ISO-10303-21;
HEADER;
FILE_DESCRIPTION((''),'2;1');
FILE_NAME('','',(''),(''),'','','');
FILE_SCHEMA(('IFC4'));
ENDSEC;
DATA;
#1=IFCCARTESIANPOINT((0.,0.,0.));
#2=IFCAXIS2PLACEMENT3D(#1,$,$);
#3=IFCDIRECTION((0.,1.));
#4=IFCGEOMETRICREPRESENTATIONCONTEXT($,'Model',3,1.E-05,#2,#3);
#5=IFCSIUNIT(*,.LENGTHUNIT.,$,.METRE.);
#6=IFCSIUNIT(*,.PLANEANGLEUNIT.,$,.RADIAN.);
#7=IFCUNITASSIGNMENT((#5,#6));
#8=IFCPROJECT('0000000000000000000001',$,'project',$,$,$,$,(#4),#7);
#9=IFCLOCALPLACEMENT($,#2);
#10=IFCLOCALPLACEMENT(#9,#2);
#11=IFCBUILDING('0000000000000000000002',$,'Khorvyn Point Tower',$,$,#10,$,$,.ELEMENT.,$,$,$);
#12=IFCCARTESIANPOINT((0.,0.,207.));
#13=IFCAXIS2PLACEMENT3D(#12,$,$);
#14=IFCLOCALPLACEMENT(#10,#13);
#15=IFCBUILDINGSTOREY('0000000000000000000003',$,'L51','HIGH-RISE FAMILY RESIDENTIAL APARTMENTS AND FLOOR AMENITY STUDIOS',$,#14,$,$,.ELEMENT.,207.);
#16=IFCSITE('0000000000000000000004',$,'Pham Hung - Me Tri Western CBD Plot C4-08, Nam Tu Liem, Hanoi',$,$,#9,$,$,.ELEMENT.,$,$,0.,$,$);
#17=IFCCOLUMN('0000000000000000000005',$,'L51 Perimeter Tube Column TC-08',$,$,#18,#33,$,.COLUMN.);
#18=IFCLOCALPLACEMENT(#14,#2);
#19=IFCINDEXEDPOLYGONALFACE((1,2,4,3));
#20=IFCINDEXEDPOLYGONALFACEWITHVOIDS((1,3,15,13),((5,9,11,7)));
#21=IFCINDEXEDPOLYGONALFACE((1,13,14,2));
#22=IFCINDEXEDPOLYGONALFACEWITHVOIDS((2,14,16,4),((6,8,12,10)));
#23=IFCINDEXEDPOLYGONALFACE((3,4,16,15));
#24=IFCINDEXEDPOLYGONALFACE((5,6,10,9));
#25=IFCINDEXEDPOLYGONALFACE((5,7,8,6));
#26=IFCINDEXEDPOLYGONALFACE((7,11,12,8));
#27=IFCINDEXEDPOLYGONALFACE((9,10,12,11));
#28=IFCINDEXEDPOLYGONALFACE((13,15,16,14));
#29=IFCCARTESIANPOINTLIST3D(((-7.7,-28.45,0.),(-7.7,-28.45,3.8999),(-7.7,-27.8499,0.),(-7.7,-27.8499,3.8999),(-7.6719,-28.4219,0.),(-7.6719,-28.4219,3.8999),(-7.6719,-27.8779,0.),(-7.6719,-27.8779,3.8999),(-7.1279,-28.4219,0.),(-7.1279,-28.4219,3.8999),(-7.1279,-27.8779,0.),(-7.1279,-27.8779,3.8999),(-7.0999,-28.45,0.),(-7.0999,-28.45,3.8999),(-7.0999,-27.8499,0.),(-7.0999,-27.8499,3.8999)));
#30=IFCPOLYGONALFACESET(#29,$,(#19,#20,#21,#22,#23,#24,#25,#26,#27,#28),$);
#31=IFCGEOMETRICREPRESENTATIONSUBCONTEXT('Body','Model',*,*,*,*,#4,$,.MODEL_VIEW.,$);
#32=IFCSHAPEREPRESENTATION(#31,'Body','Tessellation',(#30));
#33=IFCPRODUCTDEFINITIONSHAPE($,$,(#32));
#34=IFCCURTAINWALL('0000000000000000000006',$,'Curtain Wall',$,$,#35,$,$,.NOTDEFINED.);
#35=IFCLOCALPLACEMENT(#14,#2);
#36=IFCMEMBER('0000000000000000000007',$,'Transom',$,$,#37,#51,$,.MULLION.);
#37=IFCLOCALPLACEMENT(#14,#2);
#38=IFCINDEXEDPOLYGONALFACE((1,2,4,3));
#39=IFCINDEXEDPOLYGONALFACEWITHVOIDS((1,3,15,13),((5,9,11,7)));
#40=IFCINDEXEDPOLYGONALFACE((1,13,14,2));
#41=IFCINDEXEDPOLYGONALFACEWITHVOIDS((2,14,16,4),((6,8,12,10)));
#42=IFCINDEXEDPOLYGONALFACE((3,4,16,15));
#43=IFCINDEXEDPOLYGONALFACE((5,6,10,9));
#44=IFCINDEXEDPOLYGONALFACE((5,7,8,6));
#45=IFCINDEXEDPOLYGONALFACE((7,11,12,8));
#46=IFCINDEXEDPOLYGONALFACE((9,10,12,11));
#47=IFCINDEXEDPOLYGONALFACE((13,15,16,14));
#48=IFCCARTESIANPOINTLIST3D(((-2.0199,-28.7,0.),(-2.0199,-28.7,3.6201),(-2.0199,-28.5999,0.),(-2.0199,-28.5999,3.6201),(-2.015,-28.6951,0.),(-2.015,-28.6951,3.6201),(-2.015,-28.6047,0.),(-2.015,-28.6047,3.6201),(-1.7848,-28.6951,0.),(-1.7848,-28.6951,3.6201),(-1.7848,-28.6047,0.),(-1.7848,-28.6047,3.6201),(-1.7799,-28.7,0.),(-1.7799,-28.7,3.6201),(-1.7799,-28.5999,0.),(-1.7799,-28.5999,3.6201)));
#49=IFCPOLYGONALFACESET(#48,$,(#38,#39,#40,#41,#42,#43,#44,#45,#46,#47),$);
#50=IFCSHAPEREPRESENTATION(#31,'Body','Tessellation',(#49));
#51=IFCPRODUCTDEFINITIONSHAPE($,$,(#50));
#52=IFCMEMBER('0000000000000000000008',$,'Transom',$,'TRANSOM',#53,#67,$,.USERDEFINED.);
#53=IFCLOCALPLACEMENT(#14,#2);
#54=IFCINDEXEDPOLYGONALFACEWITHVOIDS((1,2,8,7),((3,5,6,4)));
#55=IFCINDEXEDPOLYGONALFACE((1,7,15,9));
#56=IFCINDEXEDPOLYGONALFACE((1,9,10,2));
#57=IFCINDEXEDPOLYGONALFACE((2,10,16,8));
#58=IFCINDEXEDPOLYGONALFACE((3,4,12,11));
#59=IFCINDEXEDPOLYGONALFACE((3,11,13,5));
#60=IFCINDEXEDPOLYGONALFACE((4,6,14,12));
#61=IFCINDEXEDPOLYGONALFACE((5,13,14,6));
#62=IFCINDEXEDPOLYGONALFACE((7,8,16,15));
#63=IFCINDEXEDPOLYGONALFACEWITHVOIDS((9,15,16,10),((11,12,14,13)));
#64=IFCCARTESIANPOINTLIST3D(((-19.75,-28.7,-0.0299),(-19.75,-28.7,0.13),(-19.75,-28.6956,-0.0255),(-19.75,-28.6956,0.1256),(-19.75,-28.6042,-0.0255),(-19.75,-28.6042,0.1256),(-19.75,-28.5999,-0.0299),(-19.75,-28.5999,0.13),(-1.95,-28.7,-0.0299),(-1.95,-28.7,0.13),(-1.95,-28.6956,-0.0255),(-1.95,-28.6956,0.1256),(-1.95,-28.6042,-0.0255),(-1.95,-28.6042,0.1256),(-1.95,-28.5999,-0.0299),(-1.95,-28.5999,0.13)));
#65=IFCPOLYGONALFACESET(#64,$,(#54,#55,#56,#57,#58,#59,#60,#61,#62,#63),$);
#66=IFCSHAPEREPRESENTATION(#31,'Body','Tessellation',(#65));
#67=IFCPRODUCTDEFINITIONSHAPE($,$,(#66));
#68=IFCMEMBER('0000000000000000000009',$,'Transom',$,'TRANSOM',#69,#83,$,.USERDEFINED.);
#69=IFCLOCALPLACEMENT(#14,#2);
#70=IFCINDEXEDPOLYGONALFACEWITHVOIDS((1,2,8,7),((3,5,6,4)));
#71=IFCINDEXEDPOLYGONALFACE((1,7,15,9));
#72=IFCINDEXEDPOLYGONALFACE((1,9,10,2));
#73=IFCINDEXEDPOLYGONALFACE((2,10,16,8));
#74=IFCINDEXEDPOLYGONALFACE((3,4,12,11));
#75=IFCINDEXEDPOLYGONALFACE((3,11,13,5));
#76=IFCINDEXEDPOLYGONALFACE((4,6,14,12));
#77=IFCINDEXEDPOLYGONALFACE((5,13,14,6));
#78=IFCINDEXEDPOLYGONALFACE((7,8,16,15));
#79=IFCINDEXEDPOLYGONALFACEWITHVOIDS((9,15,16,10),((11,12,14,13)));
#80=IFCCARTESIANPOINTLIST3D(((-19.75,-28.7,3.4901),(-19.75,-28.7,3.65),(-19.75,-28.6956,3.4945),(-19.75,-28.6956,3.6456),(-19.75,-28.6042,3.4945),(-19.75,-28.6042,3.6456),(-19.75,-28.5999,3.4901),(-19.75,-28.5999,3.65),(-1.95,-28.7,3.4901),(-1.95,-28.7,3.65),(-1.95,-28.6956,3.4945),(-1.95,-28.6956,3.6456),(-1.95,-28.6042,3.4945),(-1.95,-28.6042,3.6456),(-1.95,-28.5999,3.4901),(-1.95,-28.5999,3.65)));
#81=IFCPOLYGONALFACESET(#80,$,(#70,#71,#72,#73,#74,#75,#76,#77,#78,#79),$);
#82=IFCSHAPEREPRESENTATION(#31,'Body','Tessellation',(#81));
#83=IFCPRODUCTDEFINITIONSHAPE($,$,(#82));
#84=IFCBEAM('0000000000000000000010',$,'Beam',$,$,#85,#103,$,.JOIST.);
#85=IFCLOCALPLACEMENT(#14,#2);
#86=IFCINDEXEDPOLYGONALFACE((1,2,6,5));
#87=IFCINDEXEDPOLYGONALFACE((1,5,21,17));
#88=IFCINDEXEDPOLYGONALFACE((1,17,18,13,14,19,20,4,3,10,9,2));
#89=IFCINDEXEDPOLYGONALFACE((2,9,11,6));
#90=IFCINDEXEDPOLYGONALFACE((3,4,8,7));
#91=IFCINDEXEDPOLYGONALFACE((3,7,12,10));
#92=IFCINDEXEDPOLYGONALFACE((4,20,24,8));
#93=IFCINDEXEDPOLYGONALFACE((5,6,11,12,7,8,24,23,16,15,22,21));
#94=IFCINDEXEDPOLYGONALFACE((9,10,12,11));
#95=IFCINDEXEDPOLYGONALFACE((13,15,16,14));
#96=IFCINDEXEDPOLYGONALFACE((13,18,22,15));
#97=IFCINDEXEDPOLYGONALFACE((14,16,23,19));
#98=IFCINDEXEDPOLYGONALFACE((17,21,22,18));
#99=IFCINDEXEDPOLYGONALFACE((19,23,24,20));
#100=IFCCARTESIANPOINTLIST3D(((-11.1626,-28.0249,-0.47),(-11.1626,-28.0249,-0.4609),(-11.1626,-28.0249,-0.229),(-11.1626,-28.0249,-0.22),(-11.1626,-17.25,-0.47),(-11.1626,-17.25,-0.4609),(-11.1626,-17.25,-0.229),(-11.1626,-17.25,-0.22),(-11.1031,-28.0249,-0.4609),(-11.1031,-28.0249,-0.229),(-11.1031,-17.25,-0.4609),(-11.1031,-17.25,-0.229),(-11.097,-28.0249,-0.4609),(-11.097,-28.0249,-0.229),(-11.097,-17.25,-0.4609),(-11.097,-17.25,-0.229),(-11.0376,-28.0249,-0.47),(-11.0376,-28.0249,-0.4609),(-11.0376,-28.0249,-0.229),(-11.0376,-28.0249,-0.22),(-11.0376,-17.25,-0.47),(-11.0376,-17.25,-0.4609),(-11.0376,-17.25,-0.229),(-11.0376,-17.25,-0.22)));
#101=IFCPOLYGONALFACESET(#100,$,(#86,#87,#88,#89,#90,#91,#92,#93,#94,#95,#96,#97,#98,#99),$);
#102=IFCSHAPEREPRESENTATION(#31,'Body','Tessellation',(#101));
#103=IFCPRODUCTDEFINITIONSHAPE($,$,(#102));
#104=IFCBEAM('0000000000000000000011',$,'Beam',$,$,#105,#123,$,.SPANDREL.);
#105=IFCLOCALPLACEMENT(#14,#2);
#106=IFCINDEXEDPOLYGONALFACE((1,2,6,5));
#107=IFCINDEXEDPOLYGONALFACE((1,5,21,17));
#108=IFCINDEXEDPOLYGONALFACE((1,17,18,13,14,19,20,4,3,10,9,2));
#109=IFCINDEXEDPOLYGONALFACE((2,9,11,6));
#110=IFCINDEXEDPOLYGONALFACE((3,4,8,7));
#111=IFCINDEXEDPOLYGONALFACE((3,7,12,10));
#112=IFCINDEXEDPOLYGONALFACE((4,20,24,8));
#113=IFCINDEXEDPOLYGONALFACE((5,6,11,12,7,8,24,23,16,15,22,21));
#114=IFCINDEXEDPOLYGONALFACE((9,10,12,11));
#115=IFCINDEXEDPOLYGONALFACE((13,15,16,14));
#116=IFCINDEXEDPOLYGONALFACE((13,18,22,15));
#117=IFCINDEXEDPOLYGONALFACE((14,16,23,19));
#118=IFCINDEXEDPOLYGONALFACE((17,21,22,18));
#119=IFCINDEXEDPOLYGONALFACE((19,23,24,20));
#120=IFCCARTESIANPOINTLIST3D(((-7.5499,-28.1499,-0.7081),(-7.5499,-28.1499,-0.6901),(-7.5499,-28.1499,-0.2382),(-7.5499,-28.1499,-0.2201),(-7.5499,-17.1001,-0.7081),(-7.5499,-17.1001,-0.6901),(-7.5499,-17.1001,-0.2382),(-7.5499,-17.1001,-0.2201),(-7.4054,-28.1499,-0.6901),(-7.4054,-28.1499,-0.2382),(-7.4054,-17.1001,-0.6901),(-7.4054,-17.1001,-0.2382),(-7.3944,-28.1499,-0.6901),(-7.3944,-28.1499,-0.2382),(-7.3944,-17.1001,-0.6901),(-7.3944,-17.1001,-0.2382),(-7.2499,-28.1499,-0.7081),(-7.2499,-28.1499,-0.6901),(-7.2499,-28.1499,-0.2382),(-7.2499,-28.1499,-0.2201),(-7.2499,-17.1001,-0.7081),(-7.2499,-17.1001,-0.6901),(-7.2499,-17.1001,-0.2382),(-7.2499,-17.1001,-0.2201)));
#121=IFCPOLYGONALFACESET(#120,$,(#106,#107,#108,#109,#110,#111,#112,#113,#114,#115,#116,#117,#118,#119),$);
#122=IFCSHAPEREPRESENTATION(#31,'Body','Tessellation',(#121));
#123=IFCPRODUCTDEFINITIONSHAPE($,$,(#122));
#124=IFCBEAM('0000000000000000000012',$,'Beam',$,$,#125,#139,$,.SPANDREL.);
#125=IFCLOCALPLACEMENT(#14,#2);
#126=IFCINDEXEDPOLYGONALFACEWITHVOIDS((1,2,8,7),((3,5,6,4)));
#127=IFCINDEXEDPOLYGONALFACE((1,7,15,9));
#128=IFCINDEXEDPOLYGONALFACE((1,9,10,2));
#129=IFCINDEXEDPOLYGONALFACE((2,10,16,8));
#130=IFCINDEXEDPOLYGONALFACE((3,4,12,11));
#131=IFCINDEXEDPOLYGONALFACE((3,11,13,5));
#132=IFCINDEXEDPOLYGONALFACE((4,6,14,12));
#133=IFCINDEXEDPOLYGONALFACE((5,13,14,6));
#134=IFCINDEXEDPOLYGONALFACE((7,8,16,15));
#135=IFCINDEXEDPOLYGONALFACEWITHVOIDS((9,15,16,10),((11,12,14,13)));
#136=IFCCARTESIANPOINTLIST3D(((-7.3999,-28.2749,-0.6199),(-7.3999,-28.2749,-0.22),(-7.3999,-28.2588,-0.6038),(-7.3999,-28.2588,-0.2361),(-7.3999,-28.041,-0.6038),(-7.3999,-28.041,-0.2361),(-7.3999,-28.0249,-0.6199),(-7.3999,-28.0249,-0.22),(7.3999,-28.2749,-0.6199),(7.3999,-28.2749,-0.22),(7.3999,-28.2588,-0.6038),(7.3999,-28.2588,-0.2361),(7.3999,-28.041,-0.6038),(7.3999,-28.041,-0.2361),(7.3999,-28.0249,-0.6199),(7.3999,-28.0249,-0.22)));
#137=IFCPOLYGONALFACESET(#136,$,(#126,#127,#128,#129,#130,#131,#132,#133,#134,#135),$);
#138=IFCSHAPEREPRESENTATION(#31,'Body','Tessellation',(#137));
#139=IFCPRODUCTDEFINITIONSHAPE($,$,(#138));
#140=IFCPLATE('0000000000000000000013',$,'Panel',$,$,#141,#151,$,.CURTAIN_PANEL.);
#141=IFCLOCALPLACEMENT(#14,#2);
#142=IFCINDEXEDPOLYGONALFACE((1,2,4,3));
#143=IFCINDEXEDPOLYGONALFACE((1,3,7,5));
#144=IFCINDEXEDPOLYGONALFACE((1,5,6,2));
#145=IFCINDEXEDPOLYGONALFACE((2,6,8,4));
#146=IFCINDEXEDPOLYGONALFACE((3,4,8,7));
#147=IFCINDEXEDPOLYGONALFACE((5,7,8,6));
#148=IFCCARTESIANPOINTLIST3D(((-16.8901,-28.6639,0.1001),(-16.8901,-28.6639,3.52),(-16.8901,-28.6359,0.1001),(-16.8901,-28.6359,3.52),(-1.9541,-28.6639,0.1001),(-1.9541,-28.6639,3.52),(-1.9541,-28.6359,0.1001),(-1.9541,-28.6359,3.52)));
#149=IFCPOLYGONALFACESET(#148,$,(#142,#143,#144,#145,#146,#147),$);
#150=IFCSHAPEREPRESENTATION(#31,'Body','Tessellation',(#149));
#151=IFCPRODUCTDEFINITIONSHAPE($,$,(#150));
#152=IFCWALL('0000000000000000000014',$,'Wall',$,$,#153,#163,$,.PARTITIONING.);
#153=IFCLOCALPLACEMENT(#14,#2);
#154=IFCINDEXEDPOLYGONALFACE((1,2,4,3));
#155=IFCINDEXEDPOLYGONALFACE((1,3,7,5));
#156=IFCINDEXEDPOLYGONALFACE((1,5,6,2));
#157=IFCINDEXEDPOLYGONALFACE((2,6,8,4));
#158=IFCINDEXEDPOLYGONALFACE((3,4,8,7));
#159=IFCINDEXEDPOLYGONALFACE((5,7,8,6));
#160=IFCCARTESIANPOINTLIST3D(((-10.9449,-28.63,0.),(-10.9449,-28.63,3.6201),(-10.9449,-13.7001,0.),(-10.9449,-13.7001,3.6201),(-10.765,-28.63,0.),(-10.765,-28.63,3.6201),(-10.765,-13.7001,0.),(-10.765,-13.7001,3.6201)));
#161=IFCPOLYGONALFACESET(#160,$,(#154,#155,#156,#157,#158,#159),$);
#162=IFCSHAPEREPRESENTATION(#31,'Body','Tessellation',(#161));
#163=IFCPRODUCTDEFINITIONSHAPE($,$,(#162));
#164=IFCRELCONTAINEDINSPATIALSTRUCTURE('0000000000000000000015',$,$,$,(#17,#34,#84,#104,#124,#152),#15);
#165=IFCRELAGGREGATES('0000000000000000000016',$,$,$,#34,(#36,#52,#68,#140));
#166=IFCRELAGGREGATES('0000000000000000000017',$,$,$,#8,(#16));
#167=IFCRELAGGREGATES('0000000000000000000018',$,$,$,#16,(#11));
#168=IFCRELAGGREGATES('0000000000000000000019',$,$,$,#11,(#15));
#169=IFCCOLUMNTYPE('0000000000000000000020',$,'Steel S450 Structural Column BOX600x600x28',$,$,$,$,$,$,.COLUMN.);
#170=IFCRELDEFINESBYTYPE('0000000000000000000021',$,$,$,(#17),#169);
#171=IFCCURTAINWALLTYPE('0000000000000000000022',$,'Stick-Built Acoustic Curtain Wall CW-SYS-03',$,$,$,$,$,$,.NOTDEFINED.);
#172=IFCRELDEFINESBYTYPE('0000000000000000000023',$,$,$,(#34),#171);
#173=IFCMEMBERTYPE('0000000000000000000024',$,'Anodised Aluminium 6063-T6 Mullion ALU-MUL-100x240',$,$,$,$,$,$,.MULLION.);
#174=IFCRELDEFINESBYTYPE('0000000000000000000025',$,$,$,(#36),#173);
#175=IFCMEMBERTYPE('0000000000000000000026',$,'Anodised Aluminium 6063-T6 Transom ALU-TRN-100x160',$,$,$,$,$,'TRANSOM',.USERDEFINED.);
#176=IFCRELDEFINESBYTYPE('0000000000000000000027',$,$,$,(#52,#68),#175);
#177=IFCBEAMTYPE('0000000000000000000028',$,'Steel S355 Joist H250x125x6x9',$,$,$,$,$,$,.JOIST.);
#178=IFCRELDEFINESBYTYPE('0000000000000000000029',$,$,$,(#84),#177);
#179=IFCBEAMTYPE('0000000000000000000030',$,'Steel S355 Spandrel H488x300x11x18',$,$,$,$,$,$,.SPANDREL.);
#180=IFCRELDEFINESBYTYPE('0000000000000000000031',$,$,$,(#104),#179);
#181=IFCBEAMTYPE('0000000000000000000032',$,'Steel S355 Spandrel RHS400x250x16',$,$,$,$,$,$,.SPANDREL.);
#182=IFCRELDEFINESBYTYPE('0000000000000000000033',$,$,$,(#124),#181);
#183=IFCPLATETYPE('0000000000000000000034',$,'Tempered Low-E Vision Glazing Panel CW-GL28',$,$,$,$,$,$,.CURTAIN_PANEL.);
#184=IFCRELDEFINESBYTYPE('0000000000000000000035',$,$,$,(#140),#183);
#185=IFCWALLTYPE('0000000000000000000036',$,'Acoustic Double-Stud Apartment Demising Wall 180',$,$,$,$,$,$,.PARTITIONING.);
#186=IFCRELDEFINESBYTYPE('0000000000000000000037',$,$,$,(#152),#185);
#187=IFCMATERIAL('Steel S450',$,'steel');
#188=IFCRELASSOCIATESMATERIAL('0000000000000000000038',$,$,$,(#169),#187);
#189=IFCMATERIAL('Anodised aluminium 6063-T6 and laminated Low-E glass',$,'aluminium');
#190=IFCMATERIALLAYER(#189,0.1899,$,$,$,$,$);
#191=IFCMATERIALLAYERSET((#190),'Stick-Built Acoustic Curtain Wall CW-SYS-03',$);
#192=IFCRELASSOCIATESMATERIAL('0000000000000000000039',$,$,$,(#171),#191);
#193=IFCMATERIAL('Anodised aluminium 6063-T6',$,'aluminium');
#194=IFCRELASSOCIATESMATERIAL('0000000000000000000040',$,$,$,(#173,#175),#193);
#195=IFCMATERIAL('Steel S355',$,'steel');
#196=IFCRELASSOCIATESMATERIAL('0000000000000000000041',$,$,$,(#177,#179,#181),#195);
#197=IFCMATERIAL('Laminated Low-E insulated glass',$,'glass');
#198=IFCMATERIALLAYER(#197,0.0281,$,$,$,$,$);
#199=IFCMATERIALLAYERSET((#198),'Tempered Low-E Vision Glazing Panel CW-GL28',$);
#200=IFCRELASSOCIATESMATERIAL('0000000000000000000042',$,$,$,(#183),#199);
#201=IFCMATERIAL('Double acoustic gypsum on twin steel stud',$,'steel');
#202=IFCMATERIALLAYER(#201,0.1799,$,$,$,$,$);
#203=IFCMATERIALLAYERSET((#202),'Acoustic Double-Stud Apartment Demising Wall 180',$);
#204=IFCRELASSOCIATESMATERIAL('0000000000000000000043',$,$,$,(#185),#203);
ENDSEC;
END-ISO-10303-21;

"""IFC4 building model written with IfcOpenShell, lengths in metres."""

from ifc_helpers import new_model, si_unit, direction, frame, frame_2d, origin, origin_2d, place, context, subcontext, project, spatial, rectangle, hollow_rectangle, i_section, extrude, material, layer, layer_set, material_profile, profile_set, type_object, element, aggregate, save


model = new_model("IFC4")

# Units and contexts
model_context = context("Model", 3, precision=1e-05, world=origin(), true_north=direction((0.0, 1.0)))
body_context = subcontext(model_context, "Body", "Model", "MODEL_VIEW")
ifc_project = project(units=[si_unit("LENGTHUNIT", "METRE"), si_unit("PLANEANGLEUNIT", "RADIAN")], contexts=[model_context])

# Site, building, storey
site_placement = place(None, origin())
site = spatial("IfcSite", under=ifc_project, at=site_placement, Name="Pham Hung - Me Tri Western CBD Plot C4-08, Nam Tu Liem, Hanoi", CompositionType="ELEMENT", RefElevation=0.0)
building_placement = place(site_placement, origin())
building = spatial("IfcBuilding", under=site, at=building_placement, Name="Khorvyn Point Tower", CompositionType="ELEMENT")
storey_placement = place(building_placement, frame((0.0, 0.0, 207.0)))
storey = spatial("IfcBuildingStorey", under=building, at=storey_placement, Name="L51", Description="HIGH-RISE FAMILY RESIDENTIAL APARTMENTS AND FLOOR AMENITY STUDIOS", CompositionType="ELEMENT", Elevation=207.0)

# Column
ifc_material_1 = material(Name="Steel S450", Category="steel")
ifc_material_profile_1 = material_profile(ifc_material_1, hollow_rectangle(XDim=0.6001, YDim=0.6001, WallThickness=0.0281, at=origin_2d()))
ifc_profile_set_1 = profile_set([ifc_material_profile_1], Name="Steel S450 BOX600x600x28")
column_type = type_object("IfcColumnType", Name="Steel S450 Structural Column BOX600x600x28", PredefinedType="COLUMN", material=ifc_profile_set_1)
column_placement = place(storey_placement, frame((-7.3999, -28.1499, 0.0), z_axis=(0.0, 0.0, 1.0), x_axis=(1.0, 0.0, 0.0)))
element("IfcColumn", 1, at=column_placement, inside=storey, type_object=column_type, Name="L51 Perimeter Tube Column TC-08", PredefinedType="COLUMN", context=body_context, shape_type="SweptSolid", body=[
    extrude(hollow_rectangle(XDim=0.6001, YDim=0.6001, WallThickness=0.0281, at=origin_2d()), origin(), (0.0, 0.0, 1.0), 3.8999),
])

# Curtain wall, members
ifc_material_2 = material(Name="Anodised aluminium 6063-T6 and laminated Low-E glass", Category="aluminium")
ifc_layer_1 = layer(ifc_material_2, 0.1899)
ifc_layer_set_1 = layer_set([ifc_layer_1], Name="Stick-Built Acoustic Curtain Wall CW-SYS-03")
curtain_wall_type = type_object("IfcCurtainWallType", Name="Stick-Built Acoustic Curtain Wall CW-SYS-03", PredefinedType="NOTDEFINED", material=ifc_layer_set_1)
curtain_wall_placement = place(storey_placement, origin())
curtain_wall = element("IfcCurtainWall", 2, at=curtain_wall_placement, inside=storey, type_object=curtain_wall_type, Name="Curtain Wall", PredefinedType="NOTDEFINED")
ifc_material_3 = material(Name="Anodised aluminium 6063-T6", Category="aluminium")
ifc_material_profile_2 = material_profile(ifc_material_3, hollow_rectangle(XDim=0.1001, YDim=0.24, WallThickness=0.0049, at=origin_2d()))
ifc_profile_set_2 = profile_set([ifc_material_profile_2], Name="Anodised aluminium 6063-T6 ALU-MUL-100x240")
member_type_1 = type_object("IfcMemberType", Name="Anodised Aluminium 6063-T6 Mullion ALU-MUL-100x240", PredefinedType="MULLION", material=ifc_profile_set_2)
member_1_placement = place(storey_placement, frame((-1.8999, -28.6499, 0.0), z_axis=(0.0, 0.0, 1.0), x_axis=(0.0, -1.0, 0.0)))
member_1 = element("IfcMember", 3, at=member_1_placement, type_object=member_type_1, Name="Transom", PredefinedType="MULLION", context=body_context, shape_type="SweptSolid", body=[
    extrude(hollow_rectangle(XDim=0.1001, YDim=0.24, WallThickness=0.0049, at=origin_2d()), origin(), (0.0, 0.0, 1.0), 3.6201),
])
ifc_material_profile_3 = material_profile(ifc_material_3, hollow_rectangle(XDim=0.1001, YDim=0.1599, WallThickness=0.0044, at=origin_2d()))
ifc_profile_set_3 = profile_set([ifc_material_profile_3], Name="Anodised aluminium 6063-T6 ALU-TRN-100x160")
member_type_2 = type_object("IfcMemberType", Name="Anodised Aluminium 6063-T6 Transom ALU-TRN-100x160", ElementType="TRANSOM", PredefinedType="USERDEFINED", material=ifc_profile_set_3)
member_2_placement = place(storey_placement, frame((-1.95, -28.6499, 0.05), z_axis=(-1.0, 0.0, 0.0), x_axis=(0.0, -1.0, 0.0)))
member_2 = element("IfcMember", 4, at=member_2_placement, type_object=member_type_2, Name="Transom", ObjectType="TRANSOM", PredefinedType="USERDEFINED", context=body_context, shape_type="SweptSolid", body=[
    extrude(hollow_rectangle(XDim=0.1001, YDim=0.1599, WallThickness=0.0044, at=origin_2d()), origin(), (0.0, 0.0, 1.0), 17.8),
])
member_3_placement = place(storey_placement, frame((-1.95, -28.6499, 3.5701), z_axis=(-1.0, 0.0, 0.0), x_axis=(0.0, -1.0, 0.0)))
member_3 = element("IfcMember", 5, at=member_3_placement, type_object=member_type_2, Name="Transom", ObjectType="TRANSOM", PredefinedType="USERDEFINED", context=body_context, shape_type="SweptSolid", body=[
    extrude(hollow_rectangle(XDim=0.1001, YDim=0.1599, WallThickness=0.0044, at=origin_2d()), origin(), (0.0, 0.0, 1.0), 17.8),
])

# Beams
ifc_material_4 = material(Name="Steel S355", Category="steel")
ifc_material_profile_4 = material_profile(ifc_material_4, i_section(OverallWidth=0.125, OverallDepth=0.25, WebThickness=0.0061, FlangeThickness=0.009, at=origin_2d()))
ifc_profile_set_4 = profile_set([ifc_material_profile_4], Name="Steel S355 H250x125x6x9")
beam_type_1 = type_object("IfcBeamType", Name="Steel S355 Joist H250x125x6x9", PredefinedType="JOIST", material=ifc_profile_set_4)
beam_1_placement = place(storey_placement, frame((-11.1001, -28.0249, -0.345), z_axis=(0.0, 1.0, 0.0), x_axis=(-1.0, 0.0, 0.0)))
element("IfcBeam", 6, at=beam_1_placement, inside=storey, type_object=beam_type_1, Name="Beam", PredefinedType="JOIST", context=body_context, shape_type="SweptSolid", body=[
    extrude(i_section(OverallWidth=0.125, OverallDepth=0.25, WebThickness=0.0061, FlangeThickness=0.009, at=origin_2d()), origin(), (0.0, 0.0, 1.0), 10.7749),
])
ifc_material_profile_5 = material_profile(ifc_material_4, i_section(OverallWidth=0.3, OverallDepth=0.488, WebThickness=0.011, FlangeThickness=0.0181, at=origin_2d()))
ifc_profile_set_5 = profile_set([ifc_material_profile_5], Name="Steel S355 H488x300x11x18")
beam_type_2 = type_object("IfcBeamType", Name="Steel S355 Spandrel H488x300x11x18", PredefinedType="SPANDREL", material=ifc_profile_set_5)
beam_2_placement = place(storey_placement, frame((-7.3999, -28.1499, -0.4641), z_axis=(0.0, 1.0, 0.0), x_axis=(-1.0, 0.0, 0.0)))
element("IfcBeam", 7, at=beam_2_placement, inside=storey, type_object=beam_type_2, Name="Beam", PredefinedType="SPANDREL", context=body_context, shape_type="SweptSolid", body=[
    extrude(i_section(OverallWidth=0.3, OverallDepth=0.488, WebThickness=0.011, FlangeThickness=0.0181, at=origin_2d()), origin(), (0.0, 0.0, 1.0), 11.0498),
])
ifc_material_profile_6 = material_profile(ifc_material_4, hollow_rectangle(XDim=0.25, YDim=0.3999, WallThickness=0.0161, at=origin_2d()))
ifc_profile_set_6 = profile_set([ifc_material_profile_6], Name="Steel S355 RHS400x250x16")
beam_type_3 = type_object("IfcBeamType", Name="Steel S355 Spandrel RHS400x250x16", PredefinedType="SPANDREL", material=ifc_profile_set_6)
beam_3_placement = place(storey_placement, frame((-7.3999, -28.1499, -0.4199), z_axis=(1.0, 0.0, 0.0), x_axis=(0.0, 1.0, 0.0)))
element("IfcBeam", 8, at=beam_3_placement, inside=storey, type_object=beam_type_3, Name="Beam", PredefinedType="SPANDREL", context=body_context, shape_type="SweptSolid", body=[
    extrude(hollow_rectangle(XDim=0.25, YDim=0.3999, WallThickness=0.0161, at=origin_2d()), origin(), (0.0, 0.0, 1.0), 14.7998),
])

# Plate
ifc_material_5 = material(Name="Laminated Low-E insulated glass", Category="glass")
ifc_layer_2 = layer(ifc_material_5, 0.0281)
ifc_layer_set_2 = layer_set([ifc_layer_2], Name="Tempered Low-E Vision Glazing Panel CW-GL28")
plate_type = type_object("IfcPlateType", Name="Tempered Low-E Vision Glazing Panel CW-GL28", PredefinedType="CURTAIN_PANEL", material=ifc_layer_set_2)
plate_placement = place(storey_placement, frame((-9.4221, -28.6499, 0.1001), z_axis=(0.0, 0.0, 1.0), x_axis=(-1.0, 0.0, 0.0)))
plate = element("IfcPlate", 9, at=plate_placement, type_object=plate_type, Name="Panel", PredefinedType="CURTAIN_PANEL", context=body_context, shape_type="SweptSolid", body=[
    extrude(rectangle(XDim=14.936, YDim=0.0281, at=origin_2d()), origin(), (0.0, 0.0, 1.0), 3.4199),
])
aggregate(curtain_wall, [member_1, member_2, member_3, plate])

# Wall
ifc_material_6 = material(Name="Double acoustic gypsum on twin steel stud", Category="steel")
ifc_layer_3 = layer(ifc_material_6, 0.1799)
ifc_layer_set_3 = layer_set([ifc_layer_3], Name="Acoustic Double-Stud Apartment Demising Wall 180")
wall_type_1 = type_object("IfcWallType", Name="Acoustic Double-Stud Apartment Demising Wall 180", PredefinedType="PARTITIONING", material=ifc_layer_set_3)
wall_1_placement = place(storey_placement, frame((-10.855, -28.6299, 0.0), z_axis=(0.0, 0.0, 1.0), x_axis=(0.0, 1.0, 0.0)))
element("IfcWall", 10, at=wall_1_placement, inside=storey, type_object=wall_type_1, Name="Wall", PredefinedType="PARTITIONING", context=body_context, shape_type="SweptSolid", body=[
    extrude(rectangle(XDim=14.9299, YDim=0.1799, at=frame_2d((7.4648, 0.0))), origin(), (0.0, 0.0, 1.0), 3.6201),
])

save(model, "model.ifc")
